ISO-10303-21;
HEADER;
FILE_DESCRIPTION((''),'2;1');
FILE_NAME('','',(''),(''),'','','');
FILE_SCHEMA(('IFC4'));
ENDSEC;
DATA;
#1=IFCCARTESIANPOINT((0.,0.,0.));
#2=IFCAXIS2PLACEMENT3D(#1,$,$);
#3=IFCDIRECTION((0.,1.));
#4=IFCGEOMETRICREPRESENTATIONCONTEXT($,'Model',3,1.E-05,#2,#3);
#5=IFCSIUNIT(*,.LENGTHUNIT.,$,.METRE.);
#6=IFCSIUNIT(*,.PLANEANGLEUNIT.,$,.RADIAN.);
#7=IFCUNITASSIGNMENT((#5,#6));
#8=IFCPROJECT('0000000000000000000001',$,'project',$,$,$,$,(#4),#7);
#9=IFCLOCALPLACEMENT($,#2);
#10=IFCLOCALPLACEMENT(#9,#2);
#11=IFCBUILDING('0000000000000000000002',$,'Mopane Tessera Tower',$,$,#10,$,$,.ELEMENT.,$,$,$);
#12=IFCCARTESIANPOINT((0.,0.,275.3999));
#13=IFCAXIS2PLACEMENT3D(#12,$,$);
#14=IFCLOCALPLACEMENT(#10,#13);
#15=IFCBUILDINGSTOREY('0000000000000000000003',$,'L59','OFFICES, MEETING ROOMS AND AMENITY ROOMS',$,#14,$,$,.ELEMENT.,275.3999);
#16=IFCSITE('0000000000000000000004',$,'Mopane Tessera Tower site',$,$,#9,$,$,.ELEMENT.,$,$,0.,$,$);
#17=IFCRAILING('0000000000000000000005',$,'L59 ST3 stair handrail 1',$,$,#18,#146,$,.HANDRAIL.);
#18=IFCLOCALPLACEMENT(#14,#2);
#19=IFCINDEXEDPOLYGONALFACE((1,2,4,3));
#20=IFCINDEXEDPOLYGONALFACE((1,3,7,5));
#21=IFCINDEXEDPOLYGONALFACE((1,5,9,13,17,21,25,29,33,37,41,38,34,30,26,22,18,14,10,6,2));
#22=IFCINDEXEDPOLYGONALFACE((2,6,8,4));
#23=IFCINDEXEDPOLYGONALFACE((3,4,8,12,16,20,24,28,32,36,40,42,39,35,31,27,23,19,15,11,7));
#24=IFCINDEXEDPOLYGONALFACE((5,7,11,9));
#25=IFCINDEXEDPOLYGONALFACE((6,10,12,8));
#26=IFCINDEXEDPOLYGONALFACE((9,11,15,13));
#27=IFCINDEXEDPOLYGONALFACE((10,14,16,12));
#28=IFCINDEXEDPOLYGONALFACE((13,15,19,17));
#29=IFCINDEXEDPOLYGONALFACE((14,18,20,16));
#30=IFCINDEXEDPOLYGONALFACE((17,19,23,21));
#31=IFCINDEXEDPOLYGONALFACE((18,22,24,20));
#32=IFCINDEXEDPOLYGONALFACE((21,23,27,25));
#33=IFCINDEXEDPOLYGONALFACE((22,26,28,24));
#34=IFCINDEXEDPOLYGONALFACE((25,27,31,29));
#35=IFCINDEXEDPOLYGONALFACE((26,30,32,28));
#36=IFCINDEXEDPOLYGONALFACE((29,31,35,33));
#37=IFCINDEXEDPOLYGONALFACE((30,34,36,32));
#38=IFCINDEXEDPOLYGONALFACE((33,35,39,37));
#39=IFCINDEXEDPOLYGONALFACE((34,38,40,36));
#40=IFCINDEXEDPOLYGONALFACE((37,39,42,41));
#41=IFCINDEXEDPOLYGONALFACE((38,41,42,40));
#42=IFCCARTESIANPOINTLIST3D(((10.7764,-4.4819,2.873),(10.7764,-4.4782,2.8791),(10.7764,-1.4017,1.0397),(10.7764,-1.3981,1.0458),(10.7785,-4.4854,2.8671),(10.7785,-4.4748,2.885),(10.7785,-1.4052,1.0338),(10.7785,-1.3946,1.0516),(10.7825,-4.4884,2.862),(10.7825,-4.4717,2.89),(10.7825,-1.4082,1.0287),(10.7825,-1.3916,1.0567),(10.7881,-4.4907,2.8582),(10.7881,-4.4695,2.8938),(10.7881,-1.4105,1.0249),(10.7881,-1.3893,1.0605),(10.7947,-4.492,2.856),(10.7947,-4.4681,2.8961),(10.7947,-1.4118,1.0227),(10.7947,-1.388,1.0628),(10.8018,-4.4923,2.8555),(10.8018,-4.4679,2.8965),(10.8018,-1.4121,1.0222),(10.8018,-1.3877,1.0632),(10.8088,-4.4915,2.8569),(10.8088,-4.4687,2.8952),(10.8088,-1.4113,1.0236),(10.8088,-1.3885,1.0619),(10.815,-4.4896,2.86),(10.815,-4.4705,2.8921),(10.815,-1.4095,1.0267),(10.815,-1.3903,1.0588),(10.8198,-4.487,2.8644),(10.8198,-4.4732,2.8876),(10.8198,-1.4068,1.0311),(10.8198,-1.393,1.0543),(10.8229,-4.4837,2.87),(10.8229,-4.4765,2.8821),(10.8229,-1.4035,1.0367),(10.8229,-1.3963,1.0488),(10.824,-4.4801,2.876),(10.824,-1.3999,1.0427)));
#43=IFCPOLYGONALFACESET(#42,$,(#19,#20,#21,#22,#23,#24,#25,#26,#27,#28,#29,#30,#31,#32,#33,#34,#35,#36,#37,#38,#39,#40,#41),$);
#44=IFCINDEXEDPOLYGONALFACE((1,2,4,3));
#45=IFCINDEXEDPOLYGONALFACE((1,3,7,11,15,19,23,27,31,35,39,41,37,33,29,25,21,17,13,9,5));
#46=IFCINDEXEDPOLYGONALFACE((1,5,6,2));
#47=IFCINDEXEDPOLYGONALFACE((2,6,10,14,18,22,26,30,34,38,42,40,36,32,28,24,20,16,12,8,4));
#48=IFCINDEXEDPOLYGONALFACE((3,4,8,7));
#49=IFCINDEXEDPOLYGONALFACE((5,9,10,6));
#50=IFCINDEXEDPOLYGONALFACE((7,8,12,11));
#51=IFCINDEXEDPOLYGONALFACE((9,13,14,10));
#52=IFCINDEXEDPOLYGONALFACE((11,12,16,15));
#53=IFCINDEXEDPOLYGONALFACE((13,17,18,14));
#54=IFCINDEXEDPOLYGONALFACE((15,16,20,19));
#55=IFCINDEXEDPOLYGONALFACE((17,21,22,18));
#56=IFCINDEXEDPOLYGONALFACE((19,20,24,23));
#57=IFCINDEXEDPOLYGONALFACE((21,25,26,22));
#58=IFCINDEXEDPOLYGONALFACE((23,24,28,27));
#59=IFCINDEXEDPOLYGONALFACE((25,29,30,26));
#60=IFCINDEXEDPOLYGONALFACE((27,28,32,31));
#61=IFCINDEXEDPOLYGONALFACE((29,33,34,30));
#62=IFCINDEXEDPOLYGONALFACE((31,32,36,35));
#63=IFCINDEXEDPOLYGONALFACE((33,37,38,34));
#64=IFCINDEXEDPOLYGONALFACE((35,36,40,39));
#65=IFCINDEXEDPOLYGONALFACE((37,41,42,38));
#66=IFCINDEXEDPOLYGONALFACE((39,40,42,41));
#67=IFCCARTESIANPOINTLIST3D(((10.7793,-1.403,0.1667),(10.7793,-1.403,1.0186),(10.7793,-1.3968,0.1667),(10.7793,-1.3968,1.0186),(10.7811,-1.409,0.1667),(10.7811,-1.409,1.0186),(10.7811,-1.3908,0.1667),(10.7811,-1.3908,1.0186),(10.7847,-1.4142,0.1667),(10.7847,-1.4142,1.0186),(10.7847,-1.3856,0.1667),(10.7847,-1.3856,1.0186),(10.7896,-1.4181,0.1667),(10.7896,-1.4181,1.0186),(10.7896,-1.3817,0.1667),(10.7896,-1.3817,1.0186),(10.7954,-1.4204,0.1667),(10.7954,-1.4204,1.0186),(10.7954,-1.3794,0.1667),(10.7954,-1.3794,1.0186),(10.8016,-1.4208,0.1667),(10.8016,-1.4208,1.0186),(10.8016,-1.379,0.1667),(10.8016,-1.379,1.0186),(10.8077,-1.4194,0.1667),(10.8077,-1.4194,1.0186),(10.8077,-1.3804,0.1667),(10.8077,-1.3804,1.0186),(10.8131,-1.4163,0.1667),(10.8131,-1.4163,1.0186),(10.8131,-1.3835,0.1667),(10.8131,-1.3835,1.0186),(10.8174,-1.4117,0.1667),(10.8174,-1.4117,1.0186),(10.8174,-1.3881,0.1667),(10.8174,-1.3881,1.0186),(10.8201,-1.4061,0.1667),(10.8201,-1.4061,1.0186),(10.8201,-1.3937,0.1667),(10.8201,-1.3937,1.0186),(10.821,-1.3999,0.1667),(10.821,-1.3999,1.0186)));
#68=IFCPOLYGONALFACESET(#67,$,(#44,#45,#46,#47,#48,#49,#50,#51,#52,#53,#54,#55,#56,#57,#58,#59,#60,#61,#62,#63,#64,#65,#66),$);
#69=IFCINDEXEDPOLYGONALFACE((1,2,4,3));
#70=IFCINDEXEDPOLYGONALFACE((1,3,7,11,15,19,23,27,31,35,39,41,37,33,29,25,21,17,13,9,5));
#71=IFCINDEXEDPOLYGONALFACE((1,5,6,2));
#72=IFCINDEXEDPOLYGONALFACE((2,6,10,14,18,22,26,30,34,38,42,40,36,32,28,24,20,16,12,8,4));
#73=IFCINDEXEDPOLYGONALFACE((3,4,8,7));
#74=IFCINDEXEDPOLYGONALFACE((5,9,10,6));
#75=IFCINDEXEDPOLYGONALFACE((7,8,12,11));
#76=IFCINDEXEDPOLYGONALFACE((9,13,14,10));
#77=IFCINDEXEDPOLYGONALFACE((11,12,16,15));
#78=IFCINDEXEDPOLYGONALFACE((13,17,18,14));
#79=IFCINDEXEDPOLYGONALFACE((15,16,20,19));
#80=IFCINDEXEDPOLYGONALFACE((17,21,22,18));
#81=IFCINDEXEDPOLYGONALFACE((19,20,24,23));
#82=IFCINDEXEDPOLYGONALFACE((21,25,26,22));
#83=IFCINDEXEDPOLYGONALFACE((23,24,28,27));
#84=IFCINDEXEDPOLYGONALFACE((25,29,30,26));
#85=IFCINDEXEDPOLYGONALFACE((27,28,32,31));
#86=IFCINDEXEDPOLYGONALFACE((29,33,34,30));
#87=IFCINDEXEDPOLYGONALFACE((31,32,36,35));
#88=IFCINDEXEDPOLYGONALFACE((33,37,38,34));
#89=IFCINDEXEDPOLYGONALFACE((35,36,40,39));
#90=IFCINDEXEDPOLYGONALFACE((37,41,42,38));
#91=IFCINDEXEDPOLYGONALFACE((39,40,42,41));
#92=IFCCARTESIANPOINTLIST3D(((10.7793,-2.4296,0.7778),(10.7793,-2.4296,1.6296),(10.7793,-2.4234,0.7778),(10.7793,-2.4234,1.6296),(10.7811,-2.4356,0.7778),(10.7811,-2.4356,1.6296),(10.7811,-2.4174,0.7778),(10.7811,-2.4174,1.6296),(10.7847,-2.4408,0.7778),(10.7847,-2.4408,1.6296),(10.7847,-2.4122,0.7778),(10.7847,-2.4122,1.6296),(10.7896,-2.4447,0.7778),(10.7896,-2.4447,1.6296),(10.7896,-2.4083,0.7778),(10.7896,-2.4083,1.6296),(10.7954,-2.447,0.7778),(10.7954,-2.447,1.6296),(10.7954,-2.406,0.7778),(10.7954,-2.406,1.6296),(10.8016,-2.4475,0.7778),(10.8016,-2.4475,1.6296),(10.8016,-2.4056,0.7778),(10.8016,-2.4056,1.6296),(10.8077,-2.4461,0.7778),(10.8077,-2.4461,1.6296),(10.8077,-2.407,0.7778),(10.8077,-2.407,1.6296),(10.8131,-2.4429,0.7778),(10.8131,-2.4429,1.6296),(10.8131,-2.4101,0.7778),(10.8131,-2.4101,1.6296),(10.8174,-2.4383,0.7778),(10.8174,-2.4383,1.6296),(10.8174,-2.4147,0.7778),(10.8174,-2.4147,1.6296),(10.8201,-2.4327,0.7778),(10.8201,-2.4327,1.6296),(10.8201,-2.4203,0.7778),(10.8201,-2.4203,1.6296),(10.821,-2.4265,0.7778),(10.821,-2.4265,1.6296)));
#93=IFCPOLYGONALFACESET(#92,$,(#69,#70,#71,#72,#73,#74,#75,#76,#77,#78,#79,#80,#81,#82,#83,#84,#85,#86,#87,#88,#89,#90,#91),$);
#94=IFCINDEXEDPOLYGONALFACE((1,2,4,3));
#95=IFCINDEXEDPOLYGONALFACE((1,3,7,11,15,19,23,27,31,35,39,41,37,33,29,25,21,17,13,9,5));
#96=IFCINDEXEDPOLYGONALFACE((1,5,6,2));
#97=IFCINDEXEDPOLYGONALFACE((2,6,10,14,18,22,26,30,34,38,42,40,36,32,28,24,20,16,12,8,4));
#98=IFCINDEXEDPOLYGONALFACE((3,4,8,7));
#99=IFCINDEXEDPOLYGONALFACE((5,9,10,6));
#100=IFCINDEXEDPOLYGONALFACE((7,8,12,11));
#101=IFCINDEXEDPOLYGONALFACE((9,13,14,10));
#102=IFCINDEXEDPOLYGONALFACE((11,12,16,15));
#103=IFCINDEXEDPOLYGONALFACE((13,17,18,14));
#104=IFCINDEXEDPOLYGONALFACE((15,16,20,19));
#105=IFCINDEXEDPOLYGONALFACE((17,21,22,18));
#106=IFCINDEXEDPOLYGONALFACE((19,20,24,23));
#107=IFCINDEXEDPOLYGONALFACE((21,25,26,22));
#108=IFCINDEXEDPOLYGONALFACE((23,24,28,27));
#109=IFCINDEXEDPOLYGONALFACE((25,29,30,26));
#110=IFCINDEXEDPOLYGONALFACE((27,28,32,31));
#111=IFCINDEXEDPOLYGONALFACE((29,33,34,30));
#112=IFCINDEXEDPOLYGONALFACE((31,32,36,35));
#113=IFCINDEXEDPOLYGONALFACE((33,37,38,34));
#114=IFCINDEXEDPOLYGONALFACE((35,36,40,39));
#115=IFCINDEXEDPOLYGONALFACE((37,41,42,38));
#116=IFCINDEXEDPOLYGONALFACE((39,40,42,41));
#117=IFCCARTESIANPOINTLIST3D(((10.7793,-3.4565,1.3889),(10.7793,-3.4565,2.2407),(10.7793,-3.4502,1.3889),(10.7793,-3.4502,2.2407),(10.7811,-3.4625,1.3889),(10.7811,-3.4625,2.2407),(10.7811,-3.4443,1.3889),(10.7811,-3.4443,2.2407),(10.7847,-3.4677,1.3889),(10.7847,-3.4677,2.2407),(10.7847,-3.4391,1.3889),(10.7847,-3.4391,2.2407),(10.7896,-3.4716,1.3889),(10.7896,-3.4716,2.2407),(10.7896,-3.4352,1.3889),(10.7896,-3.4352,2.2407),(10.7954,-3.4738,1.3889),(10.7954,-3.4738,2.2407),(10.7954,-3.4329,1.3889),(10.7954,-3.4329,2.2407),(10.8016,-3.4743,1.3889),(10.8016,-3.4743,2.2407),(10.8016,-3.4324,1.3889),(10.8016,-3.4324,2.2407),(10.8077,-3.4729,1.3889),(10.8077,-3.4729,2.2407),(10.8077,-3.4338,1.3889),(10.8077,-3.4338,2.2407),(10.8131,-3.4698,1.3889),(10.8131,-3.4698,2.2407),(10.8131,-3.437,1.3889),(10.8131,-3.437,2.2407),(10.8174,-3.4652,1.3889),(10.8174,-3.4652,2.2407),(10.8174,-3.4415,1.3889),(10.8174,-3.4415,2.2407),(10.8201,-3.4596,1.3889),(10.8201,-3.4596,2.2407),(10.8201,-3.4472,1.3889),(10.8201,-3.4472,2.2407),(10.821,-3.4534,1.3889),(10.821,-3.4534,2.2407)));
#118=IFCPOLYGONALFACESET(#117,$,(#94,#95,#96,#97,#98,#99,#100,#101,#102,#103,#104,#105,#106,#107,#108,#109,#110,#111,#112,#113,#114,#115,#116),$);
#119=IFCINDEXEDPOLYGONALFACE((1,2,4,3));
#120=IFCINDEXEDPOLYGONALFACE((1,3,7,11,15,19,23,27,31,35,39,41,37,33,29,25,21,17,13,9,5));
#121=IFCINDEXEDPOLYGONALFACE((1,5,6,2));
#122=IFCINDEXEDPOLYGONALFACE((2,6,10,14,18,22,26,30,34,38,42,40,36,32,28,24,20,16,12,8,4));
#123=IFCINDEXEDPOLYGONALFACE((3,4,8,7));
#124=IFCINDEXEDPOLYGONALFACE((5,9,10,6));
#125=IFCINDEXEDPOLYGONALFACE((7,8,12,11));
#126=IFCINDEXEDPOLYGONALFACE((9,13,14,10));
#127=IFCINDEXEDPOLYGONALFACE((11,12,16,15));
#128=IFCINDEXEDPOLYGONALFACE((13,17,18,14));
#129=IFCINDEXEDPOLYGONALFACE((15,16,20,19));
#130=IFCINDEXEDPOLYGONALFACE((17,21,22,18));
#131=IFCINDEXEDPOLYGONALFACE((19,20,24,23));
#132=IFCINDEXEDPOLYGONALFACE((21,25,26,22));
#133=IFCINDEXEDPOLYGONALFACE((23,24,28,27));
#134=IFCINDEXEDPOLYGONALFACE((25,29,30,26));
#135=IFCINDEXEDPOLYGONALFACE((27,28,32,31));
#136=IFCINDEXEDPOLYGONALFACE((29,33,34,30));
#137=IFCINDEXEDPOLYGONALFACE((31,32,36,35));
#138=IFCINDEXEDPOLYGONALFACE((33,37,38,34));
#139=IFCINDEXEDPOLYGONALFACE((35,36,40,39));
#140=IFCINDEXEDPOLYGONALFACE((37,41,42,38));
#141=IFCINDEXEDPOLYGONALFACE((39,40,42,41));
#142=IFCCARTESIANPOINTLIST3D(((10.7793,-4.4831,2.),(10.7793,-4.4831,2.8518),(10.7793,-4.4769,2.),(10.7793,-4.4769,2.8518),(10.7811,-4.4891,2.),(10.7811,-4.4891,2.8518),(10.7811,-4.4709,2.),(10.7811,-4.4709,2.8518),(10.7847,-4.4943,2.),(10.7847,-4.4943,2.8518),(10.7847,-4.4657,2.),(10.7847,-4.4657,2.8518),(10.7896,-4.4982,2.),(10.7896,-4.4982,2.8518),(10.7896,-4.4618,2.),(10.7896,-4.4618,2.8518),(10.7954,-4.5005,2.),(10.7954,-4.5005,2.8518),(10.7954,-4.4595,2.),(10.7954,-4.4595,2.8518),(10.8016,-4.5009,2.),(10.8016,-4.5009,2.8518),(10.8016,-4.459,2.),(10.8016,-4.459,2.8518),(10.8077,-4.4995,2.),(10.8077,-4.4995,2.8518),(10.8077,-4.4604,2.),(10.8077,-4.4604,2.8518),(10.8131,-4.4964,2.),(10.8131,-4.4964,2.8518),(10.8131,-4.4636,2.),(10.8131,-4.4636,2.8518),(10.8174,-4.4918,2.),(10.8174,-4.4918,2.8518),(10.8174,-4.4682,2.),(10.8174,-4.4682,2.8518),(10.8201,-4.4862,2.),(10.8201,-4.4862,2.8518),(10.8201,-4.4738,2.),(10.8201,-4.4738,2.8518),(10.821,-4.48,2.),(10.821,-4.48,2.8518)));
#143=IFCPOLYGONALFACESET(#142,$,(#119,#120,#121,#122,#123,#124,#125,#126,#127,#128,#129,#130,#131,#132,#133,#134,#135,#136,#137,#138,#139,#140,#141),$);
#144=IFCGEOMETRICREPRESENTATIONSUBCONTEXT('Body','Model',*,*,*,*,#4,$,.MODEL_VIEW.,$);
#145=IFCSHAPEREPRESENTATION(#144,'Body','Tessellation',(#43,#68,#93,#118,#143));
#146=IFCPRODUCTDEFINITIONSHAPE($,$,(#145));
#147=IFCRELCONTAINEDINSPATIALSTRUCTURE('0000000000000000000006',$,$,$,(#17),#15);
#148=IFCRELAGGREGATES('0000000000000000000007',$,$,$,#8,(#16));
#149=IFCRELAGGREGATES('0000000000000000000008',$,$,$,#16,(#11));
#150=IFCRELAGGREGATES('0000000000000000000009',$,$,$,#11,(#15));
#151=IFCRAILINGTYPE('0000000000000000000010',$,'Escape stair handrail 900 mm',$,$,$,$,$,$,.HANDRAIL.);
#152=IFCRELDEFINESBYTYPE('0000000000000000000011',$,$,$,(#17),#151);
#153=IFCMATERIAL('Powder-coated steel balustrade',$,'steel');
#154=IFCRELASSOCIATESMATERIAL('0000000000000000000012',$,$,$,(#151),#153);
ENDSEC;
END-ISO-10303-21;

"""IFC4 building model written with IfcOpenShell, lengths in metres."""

from ifc_helpers import new_model, si_unit, direction, frame, origin, origin_2d, place, context, subcontext, project, spatial, circle, extrude, material, type_object, element, save


model = new_model("IFC4")

# Units and contexts
model_context = context("Model", 3, precision=1e-05, world=origin(), true_north=direction((0.0, 1.0)))
body_context = subcontext(model_context, "Body", "Model", "MODEL_VIEW")
ifc_project = project(units=[si_unit("LENGTHUNIT", "METRE"), si_unit("PLANEANGLEUNIT", "RADIAN")], contexts=[model_context])

# Site, building, storey
site_placement = place(None, origin())
site = spatial("IfcSite", under=ifc_project, at=site_placement, Name="Mopane Tessera Tower site", CompositionType="ELEMENT", RefElevation=0.0)
building_placement = place(site_placement, origin())
building = spatial("IfcBuilding", under=site, at=building_placement, Name="Mopane Tessera Tower", CompositionType="ELEMENT")
storey_placement = place(building_placement, frame((0.0, 0.0, 275.3999)))
storey = spatial("IfcBuildingStorey", under=building, at=storey_placement, Name="L59", Description="OFFICES, MEETING ROOMS AND AMENITY ROOMS", CompositionType="ELEMENT", Elevation=275.3999)

# Railing
ifc_material_1 = material(Name="Powder-coated steel balustrade", Category="steel")
railing_type_1 = type_object("IfcRailingType", Name="Escape stair handrail 900 mm", PredefinedType="HANDRAIL", material=ifc_material_1)
railing_1_placement = place(storey_placement, frame((10.8, -1.3999, 0.1667)))
element("IfcRailing", 1, at=railing_1_placement, inside=storey, type_object=railing_type_1, Name="L59 ST3 stair handrail 1", PredefinedType="HANDRAIL", context=body_context, shape_type="SweptSolid", body=[
    extrude(circle(Radius=0.0239, at=origin_2d()), frame((0.0, 0.0, 0.876), z_axis=(0.0, -0.859309, 0.511458), x_axis=(1.0, 0.0, 0.0)), (0.0, 0.0, 1.0), 3.5845),
    extrude(circle(Radius=0.021, at=origin_2d()), origin(), (0.0, 0.0, 1.0), 0.8518),
    extrude(circle(Radius=0.021, at=origin_2d()), frame((0.0, -1.0266, 0.6111)), (0.0, 0.0, 1.0), 0.8518),
    extrude(circle(Radius=0.021, at=origin_2d()), frame((0.0, -2.0535, 1.2222)), (0.0, 0.0, 1.0), 0.8518),
    extrude(circle(Radius=0.021, at=origin_2d()), frame((0.0, -3.0801, 1.8333)), (0.0, 0.0, 1.0), 0.8518),
])

save(model, "model.ifc")
